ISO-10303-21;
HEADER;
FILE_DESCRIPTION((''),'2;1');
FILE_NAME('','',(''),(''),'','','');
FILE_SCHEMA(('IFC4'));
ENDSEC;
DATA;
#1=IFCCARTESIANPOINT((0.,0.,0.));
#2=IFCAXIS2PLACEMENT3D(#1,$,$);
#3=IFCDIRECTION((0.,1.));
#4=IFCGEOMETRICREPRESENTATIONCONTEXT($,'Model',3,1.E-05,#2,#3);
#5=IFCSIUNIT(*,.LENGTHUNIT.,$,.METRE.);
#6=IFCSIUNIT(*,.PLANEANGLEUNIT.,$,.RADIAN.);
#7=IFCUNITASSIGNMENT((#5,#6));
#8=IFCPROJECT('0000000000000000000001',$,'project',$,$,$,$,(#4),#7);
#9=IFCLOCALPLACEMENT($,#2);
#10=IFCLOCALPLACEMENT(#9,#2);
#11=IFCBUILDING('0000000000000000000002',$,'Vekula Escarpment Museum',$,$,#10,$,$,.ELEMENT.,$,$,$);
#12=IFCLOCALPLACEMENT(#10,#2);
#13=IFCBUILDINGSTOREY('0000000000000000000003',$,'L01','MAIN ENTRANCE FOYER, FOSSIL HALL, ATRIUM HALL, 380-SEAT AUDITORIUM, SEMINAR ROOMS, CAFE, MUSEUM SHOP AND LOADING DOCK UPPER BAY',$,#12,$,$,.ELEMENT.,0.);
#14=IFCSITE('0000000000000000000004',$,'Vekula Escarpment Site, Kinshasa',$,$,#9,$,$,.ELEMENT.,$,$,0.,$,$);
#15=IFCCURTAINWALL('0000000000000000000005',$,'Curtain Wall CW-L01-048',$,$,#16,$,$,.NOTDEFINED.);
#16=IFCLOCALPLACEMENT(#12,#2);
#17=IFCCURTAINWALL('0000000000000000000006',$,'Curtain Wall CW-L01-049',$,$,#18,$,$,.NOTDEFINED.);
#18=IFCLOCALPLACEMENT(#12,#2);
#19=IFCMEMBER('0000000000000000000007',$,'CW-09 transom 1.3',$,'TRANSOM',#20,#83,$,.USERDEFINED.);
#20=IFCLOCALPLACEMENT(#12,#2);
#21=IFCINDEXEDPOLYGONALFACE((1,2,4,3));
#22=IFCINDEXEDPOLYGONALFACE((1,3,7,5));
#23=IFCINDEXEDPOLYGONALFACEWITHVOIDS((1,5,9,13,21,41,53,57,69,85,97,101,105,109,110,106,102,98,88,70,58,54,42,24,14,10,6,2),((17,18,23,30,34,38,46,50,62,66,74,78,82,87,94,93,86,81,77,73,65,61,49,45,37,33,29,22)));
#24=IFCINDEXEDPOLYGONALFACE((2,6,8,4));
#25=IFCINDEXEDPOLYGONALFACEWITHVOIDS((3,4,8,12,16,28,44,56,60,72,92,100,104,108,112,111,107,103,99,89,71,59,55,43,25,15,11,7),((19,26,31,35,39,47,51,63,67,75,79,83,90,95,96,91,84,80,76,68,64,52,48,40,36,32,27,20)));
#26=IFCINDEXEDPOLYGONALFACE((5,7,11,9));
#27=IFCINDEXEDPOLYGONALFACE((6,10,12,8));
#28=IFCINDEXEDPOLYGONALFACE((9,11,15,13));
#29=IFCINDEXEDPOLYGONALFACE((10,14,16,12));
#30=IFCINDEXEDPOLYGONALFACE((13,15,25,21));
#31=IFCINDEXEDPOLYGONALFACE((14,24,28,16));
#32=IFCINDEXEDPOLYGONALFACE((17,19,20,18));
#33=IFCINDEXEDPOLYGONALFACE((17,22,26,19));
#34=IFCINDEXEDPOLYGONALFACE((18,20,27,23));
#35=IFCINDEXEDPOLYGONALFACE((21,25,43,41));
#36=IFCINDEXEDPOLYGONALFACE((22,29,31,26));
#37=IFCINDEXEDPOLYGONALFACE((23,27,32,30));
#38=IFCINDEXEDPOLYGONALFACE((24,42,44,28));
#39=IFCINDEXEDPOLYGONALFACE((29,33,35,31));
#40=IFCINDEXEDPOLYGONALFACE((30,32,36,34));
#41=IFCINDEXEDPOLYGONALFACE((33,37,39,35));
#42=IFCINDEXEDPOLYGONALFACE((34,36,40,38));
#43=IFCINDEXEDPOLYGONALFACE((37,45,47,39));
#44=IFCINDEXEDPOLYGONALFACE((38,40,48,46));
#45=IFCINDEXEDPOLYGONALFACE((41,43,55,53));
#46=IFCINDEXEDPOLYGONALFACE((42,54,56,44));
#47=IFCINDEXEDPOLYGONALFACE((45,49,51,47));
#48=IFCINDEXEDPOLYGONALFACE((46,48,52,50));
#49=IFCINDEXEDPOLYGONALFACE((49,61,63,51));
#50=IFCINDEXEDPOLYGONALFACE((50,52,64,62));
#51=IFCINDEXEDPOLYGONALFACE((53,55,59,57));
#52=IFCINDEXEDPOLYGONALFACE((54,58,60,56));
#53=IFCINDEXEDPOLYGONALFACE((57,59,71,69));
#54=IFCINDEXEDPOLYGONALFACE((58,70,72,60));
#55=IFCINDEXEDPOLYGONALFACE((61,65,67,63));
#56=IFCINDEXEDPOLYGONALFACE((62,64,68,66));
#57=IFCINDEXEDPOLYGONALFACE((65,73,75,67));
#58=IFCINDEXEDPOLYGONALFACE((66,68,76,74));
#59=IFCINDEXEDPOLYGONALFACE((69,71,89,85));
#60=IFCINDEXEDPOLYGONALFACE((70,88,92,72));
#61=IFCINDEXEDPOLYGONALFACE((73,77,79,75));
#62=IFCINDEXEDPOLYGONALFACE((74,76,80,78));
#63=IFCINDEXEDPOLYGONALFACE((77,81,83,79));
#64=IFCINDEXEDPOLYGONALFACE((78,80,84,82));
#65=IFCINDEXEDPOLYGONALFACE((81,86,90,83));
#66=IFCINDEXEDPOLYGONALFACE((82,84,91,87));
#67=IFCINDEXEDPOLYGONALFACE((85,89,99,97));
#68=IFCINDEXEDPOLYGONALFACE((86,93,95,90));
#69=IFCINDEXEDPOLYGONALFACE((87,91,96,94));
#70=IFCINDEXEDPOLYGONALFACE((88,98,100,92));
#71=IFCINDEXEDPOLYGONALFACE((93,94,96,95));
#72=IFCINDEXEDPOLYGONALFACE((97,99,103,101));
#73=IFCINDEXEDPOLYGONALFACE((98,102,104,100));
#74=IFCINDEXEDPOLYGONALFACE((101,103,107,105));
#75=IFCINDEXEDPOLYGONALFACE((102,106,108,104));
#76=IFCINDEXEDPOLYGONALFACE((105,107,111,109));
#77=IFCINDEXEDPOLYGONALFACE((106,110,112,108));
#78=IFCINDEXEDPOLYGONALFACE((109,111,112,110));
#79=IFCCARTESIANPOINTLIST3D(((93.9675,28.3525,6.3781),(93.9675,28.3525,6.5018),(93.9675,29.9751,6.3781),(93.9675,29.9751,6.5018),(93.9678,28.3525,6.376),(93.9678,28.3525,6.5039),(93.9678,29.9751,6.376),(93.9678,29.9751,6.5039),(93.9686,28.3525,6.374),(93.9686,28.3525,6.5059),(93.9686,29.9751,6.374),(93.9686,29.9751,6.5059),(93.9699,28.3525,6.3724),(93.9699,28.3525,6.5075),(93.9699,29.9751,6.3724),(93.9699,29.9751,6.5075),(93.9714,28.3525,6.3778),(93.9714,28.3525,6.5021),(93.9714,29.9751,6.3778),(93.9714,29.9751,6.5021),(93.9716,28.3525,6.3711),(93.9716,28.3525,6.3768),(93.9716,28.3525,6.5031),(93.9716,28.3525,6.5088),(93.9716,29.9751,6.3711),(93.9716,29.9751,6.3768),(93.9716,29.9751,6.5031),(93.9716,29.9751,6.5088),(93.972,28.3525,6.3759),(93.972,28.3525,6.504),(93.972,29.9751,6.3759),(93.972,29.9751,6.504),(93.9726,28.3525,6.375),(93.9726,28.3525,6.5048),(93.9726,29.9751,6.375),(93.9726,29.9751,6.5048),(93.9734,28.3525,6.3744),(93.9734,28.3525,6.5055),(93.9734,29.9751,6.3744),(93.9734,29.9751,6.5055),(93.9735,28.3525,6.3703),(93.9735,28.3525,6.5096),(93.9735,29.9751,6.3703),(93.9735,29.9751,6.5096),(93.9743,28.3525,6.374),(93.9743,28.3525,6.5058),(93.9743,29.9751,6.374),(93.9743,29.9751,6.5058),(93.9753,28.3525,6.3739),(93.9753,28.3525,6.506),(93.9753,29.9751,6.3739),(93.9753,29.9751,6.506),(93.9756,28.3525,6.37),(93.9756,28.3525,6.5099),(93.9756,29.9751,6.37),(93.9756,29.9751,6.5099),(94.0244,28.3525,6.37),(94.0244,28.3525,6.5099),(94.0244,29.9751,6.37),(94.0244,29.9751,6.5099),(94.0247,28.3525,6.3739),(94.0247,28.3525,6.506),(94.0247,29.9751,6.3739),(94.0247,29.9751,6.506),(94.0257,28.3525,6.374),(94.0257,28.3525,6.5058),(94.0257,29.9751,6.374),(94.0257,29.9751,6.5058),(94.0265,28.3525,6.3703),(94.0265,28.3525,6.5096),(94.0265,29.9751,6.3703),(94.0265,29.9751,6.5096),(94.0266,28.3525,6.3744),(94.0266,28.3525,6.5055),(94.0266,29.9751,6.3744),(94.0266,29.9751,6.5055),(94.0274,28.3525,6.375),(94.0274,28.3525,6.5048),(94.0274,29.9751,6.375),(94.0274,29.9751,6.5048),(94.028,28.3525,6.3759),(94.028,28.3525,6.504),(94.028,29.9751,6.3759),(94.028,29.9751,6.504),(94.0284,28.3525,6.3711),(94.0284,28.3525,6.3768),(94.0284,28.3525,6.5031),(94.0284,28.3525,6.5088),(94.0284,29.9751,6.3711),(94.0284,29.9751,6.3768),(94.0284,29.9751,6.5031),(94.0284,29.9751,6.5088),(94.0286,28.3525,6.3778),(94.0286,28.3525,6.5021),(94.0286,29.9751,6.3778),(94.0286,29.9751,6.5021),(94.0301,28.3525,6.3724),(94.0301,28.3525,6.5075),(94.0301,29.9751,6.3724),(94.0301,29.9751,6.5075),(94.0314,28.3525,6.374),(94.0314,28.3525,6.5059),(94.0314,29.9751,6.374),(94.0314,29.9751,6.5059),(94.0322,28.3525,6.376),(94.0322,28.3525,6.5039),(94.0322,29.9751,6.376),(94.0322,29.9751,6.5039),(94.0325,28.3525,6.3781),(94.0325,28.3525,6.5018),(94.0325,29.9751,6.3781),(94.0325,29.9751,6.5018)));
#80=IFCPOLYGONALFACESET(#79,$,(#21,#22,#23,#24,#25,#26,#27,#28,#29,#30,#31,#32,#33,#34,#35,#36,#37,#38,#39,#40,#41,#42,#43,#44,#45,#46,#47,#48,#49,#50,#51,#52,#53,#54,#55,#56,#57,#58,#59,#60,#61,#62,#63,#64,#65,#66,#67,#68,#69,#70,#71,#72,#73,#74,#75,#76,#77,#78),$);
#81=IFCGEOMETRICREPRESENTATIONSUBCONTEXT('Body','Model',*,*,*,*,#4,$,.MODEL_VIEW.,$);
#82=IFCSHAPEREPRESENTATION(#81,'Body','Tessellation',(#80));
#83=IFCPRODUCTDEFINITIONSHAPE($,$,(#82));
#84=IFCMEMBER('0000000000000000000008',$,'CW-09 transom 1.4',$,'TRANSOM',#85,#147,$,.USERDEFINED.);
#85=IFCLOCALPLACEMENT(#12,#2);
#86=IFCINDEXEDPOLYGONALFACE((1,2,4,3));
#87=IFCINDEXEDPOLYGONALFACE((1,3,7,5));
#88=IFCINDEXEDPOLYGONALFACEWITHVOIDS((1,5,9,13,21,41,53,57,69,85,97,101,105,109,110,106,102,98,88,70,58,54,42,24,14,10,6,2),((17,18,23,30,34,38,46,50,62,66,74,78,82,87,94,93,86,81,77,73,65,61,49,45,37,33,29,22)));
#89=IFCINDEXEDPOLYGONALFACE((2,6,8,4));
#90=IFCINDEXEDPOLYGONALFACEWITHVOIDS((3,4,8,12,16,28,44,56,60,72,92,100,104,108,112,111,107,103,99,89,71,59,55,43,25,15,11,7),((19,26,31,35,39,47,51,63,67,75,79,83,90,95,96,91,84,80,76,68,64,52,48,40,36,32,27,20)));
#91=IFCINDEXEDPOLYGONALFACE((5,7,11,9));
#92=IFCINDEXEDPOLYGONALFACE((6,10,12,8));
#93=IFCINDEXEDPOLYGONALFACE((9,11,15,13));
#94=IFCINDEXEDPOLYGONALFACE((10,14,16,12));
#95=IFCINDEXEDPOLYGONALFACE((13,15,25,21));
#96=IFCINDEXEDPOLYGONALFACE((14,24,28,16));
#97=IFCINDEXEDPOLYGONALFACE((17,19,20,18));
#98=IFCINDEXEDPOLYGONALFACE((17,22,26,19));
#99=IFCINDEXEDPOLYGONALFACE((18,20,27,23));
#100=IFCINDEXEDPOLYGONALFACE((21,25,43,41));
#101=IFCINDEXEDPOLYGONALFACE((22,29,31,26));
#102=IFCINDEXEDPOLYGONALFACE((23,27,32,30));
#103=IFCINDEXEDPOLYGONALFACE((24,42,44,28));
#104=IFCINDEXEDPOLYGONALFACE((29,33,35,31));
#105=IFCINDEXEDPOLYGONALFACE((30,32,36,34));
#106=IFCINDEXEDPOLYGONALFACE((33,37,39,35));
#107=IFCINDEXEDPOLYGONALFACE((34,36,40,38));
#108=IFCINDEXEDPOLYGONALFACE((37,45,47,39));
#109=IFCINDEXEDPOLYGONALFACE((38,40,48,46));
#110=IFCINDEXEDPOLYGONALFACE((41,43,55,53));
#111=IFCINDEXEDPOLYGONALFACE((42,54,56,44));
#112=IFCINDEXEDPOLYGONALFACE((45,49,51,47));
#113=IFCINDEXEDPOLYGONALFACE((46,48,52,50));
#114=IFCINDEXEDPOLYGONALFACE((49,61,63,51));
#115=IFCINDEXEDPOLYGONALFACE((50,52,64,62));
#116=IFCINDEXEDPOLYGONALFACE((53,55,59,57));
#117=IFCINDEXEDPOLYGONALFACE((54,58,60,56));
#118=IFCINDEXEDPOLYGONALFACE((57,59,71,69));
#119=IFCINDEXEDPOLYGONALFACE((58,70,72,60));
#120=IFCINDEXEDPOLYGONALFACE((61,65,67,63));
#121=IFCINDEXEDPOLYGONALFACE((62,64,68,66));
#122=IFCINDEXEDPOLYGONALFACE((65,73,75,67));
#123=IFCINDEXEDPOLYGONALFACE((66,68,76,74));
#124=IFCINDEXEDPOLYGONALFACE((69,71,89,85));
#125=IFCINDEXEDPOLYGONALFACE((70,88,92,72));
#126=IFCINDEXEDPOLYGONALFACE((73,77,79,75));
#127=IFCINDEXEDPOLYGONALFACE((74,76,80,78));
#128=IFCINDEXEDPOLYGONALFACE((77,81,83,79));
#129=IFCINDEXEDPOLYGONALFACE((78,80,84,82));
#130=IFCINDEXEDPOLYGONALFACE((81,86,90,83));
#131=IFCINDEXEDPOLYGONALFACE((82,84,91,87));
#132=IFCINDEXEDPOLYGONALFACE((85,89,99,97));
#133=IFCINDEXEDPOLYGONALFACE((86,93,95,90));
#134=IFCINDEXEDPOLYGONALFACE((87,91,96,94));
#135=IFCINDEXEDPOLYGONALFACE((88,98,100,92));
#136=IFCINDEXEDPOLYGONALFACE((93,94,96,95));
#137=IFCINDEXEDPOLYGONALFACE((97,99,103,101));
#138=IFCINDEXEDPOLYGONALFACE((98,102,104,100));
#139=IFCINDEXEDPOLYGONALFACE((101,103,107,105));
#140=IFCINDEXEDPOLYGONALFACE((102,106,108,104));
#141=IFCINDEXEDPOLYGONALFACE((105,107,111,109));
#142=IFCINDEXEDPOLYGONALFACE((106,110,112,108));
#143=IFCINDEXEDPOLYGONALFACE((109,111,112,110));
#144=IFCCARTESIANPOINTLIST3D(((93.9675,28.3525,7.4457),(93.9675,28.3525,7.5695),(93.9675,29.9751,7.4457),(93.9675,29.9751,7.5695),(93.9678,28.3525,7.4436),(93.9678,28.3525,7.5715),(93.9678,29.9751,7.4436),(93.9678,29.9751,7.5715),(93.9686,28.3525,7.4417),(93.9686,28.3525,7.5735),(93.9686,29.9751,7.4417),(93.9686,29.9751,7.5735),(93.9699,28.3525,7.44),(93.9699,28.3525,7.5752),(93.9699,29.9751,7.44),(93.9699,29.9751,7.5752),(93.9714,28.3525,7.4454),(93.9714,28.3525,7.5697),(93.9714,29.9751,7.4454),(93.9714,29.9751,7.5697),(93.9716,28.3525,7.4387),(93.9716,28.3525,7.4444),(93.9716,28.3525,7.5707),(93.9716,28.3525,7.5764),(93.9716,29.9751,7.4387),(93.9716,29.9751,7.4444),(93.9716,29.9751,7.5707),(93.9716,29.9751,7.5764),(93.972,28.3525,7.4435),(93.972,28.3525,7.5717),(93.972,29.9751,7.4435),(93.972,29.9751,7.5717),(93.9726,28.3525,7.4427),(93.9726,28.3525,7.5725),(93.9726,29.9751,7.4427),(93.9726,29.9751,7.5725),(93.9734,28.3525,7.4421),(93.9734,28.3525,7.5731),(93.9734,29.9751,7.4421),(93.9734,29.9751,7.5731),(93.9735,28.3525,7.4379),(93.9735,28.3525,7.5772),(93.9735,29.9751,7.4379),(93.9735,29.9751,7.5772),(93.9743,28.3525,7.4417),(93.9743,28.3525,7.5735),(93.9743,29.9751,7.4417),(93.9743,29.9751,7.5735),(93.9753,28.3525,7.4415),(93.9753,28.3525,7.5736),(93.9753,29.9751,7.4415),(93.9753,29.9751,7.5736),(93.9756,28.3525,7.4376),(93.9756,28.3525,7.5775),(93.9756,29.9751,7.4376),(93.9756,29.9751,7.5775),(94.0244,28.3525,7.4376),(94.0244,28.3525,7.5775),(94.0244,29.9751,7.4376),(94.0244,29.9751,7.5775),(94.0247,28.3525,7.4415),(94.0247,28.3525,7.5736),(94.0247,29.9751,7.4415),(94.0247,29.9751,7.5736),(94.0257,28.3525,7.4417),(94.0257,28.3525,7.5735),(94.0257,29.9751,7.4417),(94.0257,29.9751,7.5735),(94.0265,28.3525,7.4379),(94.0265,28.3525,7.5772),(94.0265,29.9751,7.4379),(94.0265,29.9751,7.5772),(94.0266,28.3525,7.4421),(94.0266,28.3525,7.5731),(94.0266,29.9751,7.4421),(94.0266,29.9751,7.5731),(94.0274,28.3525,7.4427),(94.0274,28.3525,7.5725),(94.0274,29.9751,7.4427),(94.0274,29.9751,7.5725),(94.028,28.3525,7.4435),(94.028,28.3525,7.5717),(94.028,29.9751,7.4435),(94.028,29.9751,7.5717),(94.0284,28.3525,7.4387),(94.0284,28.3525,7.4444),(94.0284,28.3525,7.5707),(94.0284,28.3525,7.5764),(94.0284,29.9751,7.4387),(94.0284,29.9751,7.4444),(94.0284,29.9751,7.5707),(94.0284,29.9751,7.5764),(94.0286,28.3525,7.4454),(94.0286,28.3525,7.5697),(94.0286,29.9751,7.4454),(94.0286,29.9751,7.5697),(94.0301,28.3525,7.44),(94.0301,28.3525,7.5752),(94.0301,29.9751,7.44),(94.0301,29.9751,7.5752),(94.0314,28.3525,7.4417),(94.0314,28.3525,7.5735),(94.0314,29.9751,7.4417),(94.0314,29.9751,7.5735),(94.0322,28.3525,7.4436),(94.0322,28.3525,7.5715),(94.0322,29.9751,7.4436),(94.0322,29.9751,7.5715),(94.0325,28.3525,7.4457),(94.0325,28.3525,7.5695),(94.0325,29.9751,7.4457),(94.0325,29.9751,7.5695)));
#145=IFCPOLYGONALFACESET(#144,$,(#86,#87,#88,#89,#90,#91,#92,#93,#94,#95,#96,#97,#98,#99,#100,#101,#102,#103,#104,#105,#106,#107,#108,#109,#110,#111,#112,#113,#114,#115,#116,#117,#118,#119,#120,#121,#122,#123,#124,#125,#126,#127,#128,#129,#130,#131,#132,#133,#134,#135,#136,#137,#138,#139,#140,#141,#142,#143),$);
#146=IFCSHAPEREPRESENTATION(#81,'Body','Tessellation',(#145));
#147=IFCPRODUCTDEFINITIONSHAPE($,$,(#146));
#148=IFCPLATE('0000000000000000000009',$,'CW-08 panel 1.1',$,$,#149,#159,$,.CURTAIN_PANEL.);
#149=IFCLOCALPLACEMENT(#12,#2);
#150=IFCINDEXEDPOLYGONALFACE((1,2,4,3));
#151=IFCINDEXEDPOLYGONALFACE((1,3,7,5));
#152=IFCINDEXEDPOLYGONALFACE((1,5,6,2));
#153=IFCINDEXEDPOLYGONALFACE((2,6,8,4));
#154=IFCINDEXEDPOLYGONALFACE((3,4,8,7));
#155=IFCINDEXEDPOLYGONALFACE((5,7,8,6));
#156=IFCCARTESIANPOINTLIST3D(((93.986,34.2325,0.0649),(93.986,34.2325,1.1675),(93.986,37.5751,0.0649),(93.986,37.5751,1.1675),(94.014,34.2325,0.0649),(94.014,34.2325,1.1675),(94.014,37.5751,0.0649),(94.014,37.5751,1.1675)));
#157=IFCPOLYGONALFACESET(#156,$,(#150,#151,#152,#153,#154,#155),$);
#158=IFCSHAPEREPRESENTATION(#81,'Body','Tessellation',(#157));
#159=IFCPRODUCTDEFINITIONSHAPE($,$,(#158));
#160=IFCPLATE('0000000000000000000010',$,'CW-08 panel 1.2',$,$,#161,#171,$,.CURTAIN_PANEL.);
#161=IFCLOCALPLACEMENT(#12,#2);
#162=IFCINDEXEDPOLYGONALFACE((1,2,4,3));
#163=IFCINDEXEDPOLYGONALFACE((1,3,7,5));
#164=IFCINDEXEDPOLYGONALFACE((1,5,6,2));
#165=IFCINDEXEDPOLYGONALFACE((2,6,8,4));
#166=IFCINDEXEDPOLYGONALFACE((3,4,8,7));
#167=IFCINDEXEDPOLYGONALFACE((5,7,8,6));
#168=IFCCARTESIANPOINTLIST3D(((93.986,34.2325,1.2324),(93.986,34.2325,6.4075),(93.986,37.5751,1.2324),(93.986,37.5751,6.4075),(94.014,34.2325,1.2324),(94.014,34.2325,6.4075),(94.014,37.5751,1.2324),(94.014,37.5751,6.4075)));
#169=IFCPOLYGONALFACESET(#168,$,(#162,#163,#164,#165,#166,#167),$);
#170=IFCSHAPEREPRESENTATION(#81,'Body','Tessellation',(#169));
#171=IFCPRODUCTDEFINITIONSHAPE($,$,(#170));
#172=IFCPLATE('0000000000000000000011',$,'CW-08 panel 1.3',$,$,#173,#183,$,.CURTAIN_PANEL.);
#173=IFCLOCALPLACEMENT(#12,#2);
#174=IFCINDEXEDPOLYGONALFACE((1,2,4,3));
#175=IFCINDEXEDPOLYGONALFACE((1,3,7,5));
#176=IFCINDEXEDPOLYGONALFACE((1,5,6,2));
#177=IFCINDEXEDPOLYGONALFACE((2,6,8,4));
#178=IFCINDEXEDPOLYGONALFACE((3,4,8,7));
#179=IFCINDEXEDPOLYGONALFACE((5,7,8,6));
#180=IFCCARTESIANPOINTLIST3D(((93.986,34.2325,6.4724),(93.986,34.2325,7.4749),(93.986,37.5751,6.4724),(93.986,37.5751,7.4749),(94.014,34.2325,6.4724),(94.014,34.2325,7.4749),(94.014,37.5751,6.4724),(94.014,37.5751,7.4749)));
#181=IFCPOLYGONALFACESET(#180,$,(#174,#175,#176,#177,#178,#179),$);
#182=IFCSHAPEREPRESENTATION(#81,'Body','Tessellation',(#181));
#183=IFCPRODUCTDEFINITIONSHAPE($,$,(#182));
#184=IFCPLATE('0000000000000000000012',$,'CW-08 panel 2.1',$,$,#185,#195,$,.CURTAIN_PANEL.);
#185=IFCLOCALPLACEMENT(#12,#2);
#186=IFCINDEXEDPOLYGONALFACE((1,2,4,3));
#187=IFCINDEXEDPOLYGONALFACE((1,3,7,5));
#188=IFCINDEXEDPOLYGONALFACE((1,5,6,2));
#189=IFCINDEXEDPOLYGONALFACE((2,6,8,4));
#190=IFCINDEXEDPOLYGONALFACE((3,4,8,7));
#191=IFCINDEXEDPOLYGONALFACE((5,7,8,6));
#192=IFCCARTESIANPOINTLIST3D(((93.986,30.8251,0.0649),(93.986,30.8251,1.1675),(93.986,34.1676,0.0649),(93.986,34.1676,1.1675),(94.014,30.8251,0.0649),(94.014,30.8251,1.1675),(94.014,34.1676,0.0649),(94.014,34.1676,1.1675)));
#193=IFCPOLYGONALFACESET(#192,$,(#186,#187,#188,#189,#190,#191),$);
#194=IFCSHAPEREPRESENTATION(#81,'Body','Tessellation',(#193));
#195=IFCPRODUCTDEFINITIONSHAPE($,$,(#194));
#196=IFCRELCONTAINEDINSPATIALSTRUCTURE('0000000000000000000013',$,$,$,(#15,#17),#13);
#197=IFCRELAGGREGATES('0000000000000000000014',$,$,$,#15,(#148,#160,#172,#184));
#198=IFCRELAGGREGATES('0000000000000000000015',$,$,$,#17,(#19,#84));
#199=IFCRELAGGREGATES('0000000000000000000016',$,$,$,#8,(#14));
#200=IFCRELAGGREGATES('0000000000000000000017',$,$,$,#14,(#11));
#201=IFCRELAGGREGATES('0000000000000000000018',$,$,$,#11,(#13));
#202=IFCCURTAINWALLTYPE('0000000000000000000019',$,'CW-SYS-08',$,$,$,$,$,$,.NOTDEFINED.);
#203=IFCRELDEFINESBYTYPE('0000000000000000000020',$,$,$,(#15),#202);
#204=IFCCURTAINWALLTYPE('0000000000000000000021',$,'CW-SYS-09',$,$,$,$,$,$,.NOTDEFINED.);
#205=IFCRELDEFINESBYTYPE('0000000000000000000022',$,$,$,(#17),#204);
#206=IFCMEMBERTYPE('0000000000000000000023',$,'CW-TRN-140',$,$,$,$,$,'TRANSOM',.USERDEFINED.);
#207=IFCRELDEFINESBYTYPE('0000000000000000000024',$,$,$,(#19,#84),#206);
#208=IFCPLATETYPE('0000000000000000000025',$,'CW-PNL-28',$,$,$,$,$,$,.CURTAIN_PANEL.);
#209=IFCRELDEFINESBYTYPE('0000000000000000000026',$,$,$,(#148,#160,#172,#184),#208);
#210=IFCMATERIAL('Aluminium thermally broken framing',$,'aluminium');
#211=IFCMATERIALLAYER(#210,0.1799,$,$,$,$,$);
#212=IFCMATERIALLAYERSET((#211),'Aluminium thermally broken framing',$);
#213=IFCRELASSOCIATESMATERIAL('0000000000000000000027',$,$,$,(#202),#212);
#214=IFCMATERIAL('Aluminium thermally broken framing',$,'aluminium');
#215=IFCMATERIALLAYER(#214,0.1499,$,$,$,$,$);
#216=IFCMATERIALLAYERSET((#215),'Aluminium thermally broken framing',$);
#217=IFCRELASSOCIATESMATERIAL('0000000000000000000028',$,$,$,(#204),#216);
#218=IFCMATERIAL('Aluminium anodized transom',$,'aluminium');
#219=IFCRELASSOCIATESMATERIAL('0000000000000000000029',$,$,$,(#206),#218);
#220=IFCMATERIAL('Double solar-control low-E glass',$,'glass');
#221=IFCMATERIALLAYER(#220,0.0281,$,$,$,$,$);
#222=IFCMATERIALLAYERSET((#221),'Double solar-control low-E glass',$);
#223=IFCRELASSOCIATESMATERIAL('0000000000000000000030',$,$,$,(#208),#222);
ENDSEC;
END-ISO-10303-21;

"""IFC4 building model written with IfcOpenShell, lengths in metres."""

from ifc_helpers import new_model, si_unit, direction, frame, origin, origin_2d, place, context, subcontext, project, spatial, rectangle, hollow_rectangle, extrude, material, layer, layer_set, material_profile, profile_set, type_object, element, aggregate, save


model = new_model("IFC4")

# Units and contexts
model_context = context("Model", 3, precision=1e-05, world=origin(), true_north=direction((0.0, 1.0)))
body_context = subcontext(model_context, "Body", "Model", "MODEL_VIEW")
ifc_project = project(units=[si_unit("LENGTHUNIT", "METRE"), si_unit("PLANEANGLEUNIT", "RADIAN")], contexts=[model_context])

# Site, building, storey
site_placement = place(None, origin())
site = spatial("IfcSite", under=ifc_project, at=site_placement, Name="Vekula Escarpment Site, Kinshasa", CompositionType="ELEMENT", RefElevation=0.0)
building_placement = place(site_placement, origin())
building = spatial("IfcBuilding", under=site, at=building_placement, Name="Vekula Escarpment Museum", CompositionType="ELEMENT")
storey_placement = place(building_placement, origin())
storey = spatial("IfcBuildingStorey", under=building, at=storey_placement, Name="L01", Description="MAIN ENTRANCE FOYER, FOSSIL HALL, ATRIUM HALL, 380-SEAT AUDITORIUM, SEMINAR ROOMS, CAFE, MUSEUM SHOP AND LOADING DOCK UPPER BAY", CompositionType="ELEMENT", Elevation=0.0)

# Curtain walls
ifc_material_1 = material(Name="Aluminium thermally broken framing", Category="aluminium")
ifc_layer_1 = layer(ifc_material_1, 0.1799)
ifc_layer_set_1 = layer_set([ifc_layer_1], Name="Aluminium thermally broken framing")
curtain_wall_type_1 = type_object("IfcCurtainWallType", Name="CW-SYS-08", PredefinedType="NOTDEFINED", material=ifc_layer_set_1)
curtain_wall_1_placement = place(storey_placement, origin())
curtain_wall_1 = element("IfcCurtainWall", 1, at=curtain_wall_1_placement, inside=storey, type_object=curtain_wall_type_1, Name="Curtain Wall CW-L01-048", PredefinedType="NOTDEFINED")
ifc_material_2 = material(Name="Aluminium thermally broken framing", Category="aluminium")
ifc_layer_2 = layer(ifc_material_2, 0.1499)
ifc_layer_set_2 = layer_set([ifc_layer_2], Name="Aluminium thermally broken framing")
curtain_wall_type_2 = type_object("IfcCurtainWallType", Name="CW-SYS-09", PredefinedType="NOTDEFINED", material=ifc_layer_set_2)
curtain_wall_2_placement = place(storey_placement, origin())
curtain_wall_2 = element("IfcCurtainWall", 2, at=curtain_wall_2_placement, inside=storey, type_object=curtain_wall_type_2, Name="Curtain Wall CW-L01-049", PredefinedType="NOTDEFINED")

# Members
ifc_material_3 = material(Name="Aluminium anodized transom", Category="aluminium")
ifc_material_profile_1 = material_profile(ifc_material_3, hollow_rectangle(XDim=0.0649, YDim=0.1399, WallThickness=0.0039, InnerFilletRadius=0.0039, OuterFilletRadius=0.0081, at=origin_2d()), Name="ALU 140x65x4")
ifc_profile_set_1 = profile_set([ifc_material_profile_1], Name="Aluminium anodized transom")
member_type_1 = type_object("IfcMemberType", Name="CW-TRN-140", ElementType="TRANSOM", PredefinedType="USERDEFINED", material=ifc_profile_set_1)
member_1_placement = place(storey_placement, frame((94.0, 29.9751, 6.4399), z_axis=(0.0, -1.0, 0.0), x_axis=(1.0, 0.0, 0.0)))
member_1 = element("IfcMember", 3, at=member_1_placement, type_object=member_type_1, Name="CW-09 transom 1.3", ObjectType="TRANSOM", PredefinedType="USERDEFINED", context=body_context, shape_type="SweptSolid", body=[
    extrude(hollow_rectangle(XDim=0.0649, YDim=0.1399, WallThickness=0.0039, InnerFilletRadius=0.0039, OuterFilletRadius=0.0081, at=origin_2d()), origin(), (0.0, 0.0, 1.0), 1.6226),
])
member_2_placement = place(storey_placement, frame((94.0, 29.9751, 7.5076), z_axis=(0.0, -1.0, 0.0), x_axis=(1.0, 0.0, 0.0)))
member_2 = element("IfcMember", 4, at=member_2_placement, type_object=member_type_1, Name="CW-09 transom 1.4", ObjectType="TRANSOM", PredefinedType="USERDEFINED", context=body_context, shape_type="SweptSolid", body=[
    extrude(hollow_rectangle(XDim=0.0649, YDim=0.1399, WallThickness=0.0039, InnerFilletRadius=0.0039, OuterFilletRadius=0.0081, at=origin_2d()), origin(), (0.0, 0.0, 1.0), 1.6226),
])

# Plates
ifc_material_4 = material(Name="Double solar-control low-E glass", Category="glass")
ifc_layer_3 = layer(ifc_material_4, 0.0281)
ifc_layer_set_3 = layer_set([ifc_layer_3], Name="Double solar-control low-E glass")
plate_type_1 = type_object("IfcPlateType", Name="CW-PNL-28", PredefinedType="CURTAIN_PANEL", material=ifc_layer_set_3)
plate_1_placement = place(storey_placement, frame((94.0, 35.9038, 0.0649), z_axis=(0.0, 0.0, 1.0), x_axis=(0.0, -1.0, 0.0)))
plate_1 = element("IfcPlate", 5, at=plate_1_placement, type_object=plate_type_1, Name="CW-08 panel 1.1", PredefinedType="CURTAIN_PANEL", context=body_context, shape_type="SweptSolid", body=[
    extrude(rectangle(XDim=3.3425, YDim=0.0281, at=origin_2d()), origin(), (0.0, 0.0, 1.0), 1.1025),
])
plate_2_placement = place(storey_placement, frame((94.0, 35.9038, 1.2324), z_axis=(0.0, 0.0, 1.0), x_axis=(0.0, -1.0, 0.0)))
plate_2 = element("IfcPlate", 6, at=plate_2_placement, type_object=plate_type_1, Name="CW-08 panel 1.2", PredefinedType="CURTAIN_PANEL", context=body_context, shape_type="SweptSolid", body=[
    extrude(rectangle(XDim=3.3425, YDim=0.0281, at=origin_2d()), origin(), (0.0, 0.0, 1.0), 5.175),
])
plate_3_placement = place(storey_placement, frame((94.0, 35.9038, 6.4724), z_axis=(0.0, 0.0, 1.0), x_axis=(0.0, -1.0, 0.0)))
plate_3 = element("IfcPlate", 7, at=plate_3_placement, type_object=plate_type_1, Name="CW-08 panel 1.3", PredefinedType="CURTAIN_PANEL", context=body_context, shape_type="SweptSolid", body=[
    extrude(rectangle(XDim=3.3425, YDim=0.0281, at=origin_2d()), origin(), (0.0, 0.0, 1.0), 1.0024),
])
plate_4_placement = place(storey_placement, frame((94.0, 32.4963, 0.0649), z_axis=(0.0, 0.0, 1.0), x_axis=(0.0, -1.0, 0.0)))
plate_4 = element("IfcPlate", 8, at=plate_4_placement, type_object=plate_type_1, Name="CW-08 panel 2.1", PredefinedType="CURTAIN_PANEL", context=body_context, shape_type="SweptSolid", body=[
    extrude(rectangle(XDim=3.3425, YDim=0.0281, at=origin_2d()), origin(), (0.0, 0.0, 1.0), 1.1025),
])
aggregate(curtain_wall_1, [plate_1, plate_2, plate_3, plate_4])
aggregate(curtain_wall_2, [member_1, member_2])

save(model, "model.ifc")
